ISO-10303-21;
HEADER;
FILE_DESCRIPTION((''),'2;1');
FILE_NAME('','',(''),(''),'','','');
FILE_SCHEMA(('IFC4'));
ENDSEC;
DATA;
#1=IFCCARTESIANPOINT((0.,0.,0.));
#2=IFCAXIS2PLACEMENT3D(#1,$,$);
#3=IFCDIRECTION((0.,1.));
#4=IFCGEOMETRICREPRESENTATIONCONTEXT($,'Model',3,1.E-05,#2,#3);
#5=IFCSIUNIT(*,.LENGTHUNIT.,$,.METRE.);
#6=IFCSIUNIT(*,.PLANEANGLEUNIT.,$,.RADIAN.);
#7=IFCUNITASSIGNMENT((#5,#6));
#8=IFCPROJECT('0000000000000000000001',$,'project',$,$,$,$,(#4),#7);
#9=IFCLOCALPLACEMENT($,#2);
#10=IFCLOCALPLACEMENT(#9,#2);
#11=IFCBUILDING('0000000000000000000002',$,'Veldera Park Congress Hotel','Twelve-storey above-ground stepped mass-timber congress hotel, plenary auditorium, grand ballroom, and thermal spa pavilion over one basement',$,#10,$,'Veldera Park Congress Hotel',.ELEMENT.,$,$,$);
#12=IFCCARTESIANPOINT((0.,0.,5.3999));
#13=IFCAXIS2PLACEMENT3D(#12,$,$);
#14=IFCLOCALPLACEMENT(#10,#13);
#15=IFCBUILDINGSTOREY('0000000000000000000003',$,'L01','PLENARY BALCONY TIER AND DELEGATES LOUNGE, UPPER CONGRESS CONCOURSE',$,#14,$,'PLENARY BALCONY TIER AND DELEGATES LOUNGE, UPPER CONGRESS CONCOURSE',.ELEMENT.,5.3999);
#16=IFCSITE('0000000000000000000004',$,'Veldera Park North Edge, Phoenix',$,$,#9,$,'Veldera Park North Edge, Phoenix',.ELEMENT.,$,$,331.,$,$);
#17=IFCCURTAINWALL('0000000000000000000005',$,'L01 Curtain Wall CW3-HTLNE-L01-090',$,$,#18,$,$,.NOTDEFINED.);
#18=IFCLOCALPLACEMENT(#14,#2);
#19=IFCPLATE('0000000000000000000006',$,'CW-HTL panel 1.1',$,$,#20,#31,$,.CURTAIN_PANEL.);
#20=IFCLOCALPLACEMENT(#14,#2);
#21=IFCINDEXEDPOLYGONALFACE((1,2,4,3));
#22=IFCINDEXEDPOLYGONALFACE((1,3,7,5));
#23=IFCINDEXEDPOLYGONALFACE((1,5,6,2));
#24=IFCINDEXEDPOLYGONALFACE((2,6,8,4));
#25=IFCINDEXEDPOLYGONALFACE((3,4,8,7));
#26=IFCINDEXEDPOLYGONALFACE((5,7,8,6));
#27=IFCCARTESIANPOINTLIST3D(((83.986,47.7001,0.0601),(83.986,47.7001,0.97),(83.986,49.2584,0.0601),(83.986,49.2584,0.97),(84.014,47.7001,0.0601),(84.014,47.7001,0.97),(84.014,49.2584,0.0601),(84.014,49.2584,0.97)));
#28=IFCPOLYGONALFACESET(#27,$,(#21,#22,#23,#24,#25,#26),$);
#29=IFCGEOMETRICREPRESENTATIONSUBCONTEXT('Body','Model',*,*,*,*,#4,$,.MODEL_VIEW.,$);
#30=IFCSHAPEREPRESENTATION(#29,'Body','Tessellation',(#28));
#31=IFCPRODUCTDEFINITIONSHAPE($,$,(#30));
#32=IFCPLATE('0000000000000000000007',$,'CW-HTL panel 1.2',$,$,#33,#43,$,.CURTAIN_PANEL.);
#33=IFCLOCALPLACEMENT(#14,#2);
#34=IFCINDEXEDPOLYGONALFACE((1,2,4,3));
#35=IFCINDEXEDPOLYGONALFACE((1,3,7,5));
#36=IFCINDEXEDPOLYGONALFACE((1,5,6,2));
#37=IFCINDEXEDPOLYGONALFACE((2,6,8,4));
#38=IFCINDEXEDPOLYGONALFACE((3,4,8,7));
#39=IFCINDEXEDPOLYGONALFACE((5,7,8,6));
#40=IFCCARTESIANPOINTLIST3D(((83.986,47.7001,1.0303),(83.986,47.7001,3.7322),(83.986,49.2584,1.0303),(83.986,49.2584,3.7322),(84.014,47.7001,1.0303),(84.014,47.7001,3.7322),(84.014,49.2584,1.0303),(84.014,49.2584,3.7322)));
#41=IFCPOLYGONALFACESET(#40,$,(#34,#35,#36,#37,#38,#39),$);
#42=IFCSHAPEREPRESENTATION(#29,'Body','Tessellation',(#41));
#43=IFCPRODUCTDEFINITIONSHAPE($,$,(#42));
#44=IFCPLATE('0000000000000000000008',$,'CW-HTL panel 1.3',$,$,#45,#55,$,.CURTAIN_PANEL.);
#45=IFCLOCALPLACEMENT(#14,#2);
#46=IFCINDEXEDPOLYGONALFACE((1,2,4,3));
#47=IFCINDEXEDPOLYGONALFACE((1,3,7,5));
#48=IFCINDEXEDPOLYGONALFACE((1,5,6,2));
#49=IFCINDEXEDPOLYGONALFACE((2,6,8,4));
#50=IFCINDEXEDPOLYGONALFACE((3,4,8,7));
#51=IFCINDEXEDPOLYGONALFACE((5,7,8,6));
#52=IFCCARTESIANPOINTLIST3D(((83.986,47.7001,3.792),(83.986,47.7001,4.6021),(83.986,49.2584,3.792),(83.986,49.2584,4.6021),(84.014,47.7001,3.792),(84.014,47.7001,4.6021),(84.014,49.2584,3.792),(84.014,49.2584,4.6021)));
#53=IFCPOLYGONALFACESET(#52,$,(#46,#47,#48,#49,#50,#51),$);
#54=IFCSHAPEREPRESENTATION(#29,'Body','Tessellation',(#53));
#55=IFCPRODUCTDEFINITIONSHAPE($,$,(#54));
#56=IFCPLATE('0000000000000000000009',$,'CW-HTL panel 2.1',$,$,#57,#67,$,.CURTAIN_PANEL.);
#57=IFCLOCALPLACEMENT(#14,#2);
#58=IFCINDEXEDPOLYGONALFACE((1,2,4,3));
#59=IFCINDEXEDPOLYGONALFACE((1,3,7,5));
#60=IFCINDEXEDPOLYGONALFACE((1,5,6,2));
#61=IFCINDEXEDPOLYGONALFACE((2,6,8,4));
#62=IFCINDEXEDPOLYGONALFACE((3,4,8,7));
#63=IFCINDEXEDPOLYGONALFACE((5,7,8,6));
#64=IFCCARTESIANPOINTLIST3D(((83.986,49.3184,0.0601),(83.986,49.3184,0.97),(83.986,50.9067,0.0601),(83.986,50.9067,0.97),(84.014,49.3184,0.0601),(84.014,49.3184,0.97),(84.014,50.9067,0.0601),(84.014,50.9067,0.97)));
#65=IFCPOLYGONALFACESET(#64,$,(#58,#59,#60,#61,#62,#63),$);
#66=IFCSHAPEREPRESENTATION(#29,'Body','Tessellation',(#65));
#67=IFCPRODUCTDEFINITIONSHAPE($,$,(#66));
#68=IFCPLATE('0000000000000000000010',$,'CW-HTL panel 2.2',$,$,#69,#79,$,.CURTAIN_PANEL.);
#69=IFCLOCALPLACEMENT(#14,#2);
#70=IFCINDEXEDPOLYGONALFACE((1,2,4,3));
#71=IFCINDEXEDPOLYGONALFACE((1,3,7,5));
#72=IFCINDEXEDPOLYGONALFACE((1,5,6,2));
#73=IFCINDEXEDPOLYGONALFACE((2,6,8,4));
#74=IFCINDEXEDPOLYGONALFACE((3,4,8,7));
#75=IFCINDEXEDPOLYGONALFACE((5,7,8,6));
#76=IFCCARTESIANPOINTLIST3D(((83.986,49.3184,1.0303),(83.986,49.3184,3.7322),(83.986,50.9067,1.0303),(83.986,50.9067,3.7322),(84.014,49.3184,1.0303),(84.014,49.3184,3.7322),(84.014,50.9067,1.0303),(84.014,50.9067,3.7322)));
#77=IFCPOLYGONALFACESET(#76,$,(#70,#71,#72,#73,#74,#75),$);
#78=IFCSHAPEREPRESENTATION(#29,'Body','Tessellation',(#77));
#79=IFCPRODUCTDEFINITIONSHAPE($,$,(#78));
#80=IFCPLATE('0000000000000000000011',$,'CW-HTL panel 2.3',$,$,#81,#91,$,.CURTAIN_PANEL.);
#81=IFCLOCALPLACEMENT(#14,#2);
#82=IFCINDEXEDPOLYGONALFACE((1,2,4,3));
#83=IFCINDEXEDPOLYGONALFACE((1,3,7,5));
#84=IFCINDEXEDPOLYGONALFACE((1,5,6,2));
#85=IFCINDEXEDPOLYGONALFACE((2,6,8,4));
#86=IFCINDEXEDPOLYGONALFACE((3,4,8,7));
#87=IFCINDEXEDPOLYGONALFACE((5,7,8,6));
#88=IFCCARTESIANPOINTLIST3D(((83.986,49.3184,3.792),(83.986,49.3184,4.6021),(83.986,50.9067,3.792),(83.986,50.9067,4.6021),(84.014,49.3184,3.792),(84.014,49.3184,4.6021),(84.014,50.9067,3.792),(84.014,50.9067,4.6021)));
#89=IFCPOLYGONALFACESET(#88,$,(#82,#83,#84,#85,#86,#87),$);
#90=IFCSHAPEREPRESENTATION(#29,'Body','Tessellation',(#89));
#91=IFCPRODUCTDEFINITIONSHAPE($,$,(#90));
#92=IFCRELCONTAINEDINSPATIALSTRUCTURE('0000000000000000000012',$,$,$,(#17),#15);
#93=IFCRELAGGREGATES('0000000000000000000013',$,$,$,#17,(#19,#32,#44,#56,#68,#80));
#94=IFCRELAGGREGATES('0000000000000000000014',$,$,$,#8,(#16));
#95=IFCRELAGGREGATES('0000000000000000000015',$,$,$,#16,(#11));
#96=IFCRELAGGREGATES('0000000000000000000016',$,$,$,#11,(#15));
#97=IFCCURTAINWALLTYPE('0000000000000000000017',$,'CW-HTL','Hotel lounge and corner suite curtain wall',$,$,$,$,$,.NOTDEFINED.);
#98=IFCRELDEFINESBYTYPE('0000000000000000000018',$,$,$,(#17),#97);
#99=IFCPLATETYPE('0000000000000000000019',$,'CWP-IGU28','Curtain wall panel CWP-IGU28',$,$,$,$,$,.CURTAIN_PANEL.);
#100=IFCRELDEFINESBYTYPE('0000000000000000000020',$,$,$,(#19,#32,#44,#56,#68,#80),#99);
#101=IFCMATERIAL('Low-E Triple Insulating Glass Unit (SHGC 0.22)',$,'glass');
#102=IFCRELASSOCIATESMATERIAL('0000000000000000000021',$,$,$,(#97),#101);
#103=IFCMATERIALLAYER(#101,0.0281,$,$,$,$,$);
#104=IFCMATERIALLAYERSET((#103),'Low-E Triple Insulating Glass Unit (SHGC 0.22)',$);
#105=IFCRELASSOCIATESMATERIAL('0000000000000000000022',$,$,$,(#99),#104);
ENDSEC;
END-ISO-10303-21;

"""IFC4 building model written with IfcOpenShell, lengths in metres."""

from ifc_helpers import new_model, si_unit, direction, frame, origin, origin_2d, place, context, subcontext, project, spatial, rectangle, extrude, material, layer, layer_set, type_object, element, aggregate, save


model = new_model("IFC4")

# Units and contexts
model_context = context("Model", 3, precision=1e-05, world=origin(), true_north=direction((0.0, 1.0)))
body_context = subcontext(model_context, "Body", "Model", "MODEL_VIEW")
ifc_project = project(units=[si_unit("LENGTHUNIT", "METRE"), si_unit("PLANEANGLEUNIT", "RADIAN")], contexts=[model_context])

# Site, building, storey
site_placement = place(None, origin())
site = spatial("IfcSite", under=ifc_project, at=site_placement, Name="Veldera Park North Edge, Phoenix", LongName="Veldera Park North Edge, Phoenix", CompositionType="ELEMENT", RefElevation=331.0)
building_placement = place(site_placement, origin())
building = spatial("IfcBuilding", under=site, at=building_placement, Name="Veldera Park Congress Hotel", Description="Twelve-storey above-ground stepped mass-timber congress hotel, plenary auditorium, grand ballroom, and thermal spa pavilion over one basement", LongName="Veldera Park Congress Hotel", CompositionType="ELEMENT")
storey_placement = place(building_placement, frame((0.0, 0.0, 5.3999)))
storey = spatial("IfcBuildingStorey", under=building, at=storey_placement, Name="L01", Description="PLENARY BALCONY TIER AND DELEGATES LOUNGE, UPPER CONGRESS CONCOURSE", LongName="PLENARY BALCONY TIER AND DELEGATES LOUNGE, UPPER CONGRESS CONCOURSE", CompositionType="ELEMENT", Elevation=5.3999)

# Curtain wall
ifc_material_1 = material(Name="Low-E Triple Insulating Glass Unit (SHGC 0.22)", Category="glass")
curtain_wall_type = type_object("IfcCurtainWallType", Name="CW-HTL", Description="Hotel lounge and corner suite curtain wall", PredefinedType="NOTDEFINED", material=ifc_material_1)
curtain_wall_placement = place(storey_placement, origin())
curtain_wall = element("IfcCurtainWall", 1, at=curtain_wall_placement, inside=storey, type_object=curtain_wall_type, Name="L01 Curtain Wall CW3-HTLNE-L01-090", PredefinedType="NOTDEFINED")

# Plates
ifc_layer = layer(ifc_material_1, 0.0281)
ifc_layer_set = layer_set([ifc_layer], Name="Low-E Triple Insulating Glass Unit (SHGC 0.22)")
plate_type = type_object("IfcPlateType", Name="CWP-IGU28", Description="Curtain wall panel CWP-IGU28", PredefinedType="CURTAIN_PANEL", material=ifc_layer_set)
plate_1_placement = place(storey_placement, frame((84.0, 48.4792, 0.0601), z_axis=(0.0, 0.0, 1.0), x_axis=(0.0, 1.0, 0.0)))
plate_1 = element("IfcPlate", 2, at=plate_1_placement, type_object=plate_type, Name="CW-HTL panel 1.1", PredefinedType="CURTAIN_PANEL", context=body_context, shape_type="SweptSolid", body=[
    extrude(rectangle(XDim=1.5583, YDim=0.0281, at=origin_2d()), origin(), (0.0, 0.0, 1.0), 0.9099),
])
plate_2_placement = place(storey_placement, frame((84.0, 48.4792, 1.0303), z_axis=(0.0, 0.0, 1.0), x_axis=(0.0, 1.0, 0.0)))
plate_2 = element("IfcPlate", 3, at=plate_2_placement, type_object=plate_type, Name="CW-HTL panel 1.2", PredefinedType="CURTAIN_PANEL", context=body_context, shape_type="SweptSolid", body=[
    extrude(rectangle(XDim=1.5583, YDim=0.0281, at=origin_2d()), origin(), (0.0, 0.0, 1.0), 2.7019),
])
plate_3_placement = place(storey_placement, frame((84.0, 48.4792, 3.792), z_axis=(0.0, 0.0, 1.0), x_axis=(0.0, 1.0, 0.0)))
plate_3 = element("IfcPlate", 4, at=plate_3_placement, type_object=plate_type, Name="CW-HTL panel 1.3", PredefinedType="CURTAIN_PANEL", context=body_context, shape_type="SweptSolid", body=[
    extrude(rectangle(XDim=1.5583, YDim=0.0281, at=origin_2d()), origin(), (0.0, 0.0, 1.0), 0.8101),
])
plate_4_placement = place(storey_placement, frame((84.0, 50.1125, 0.0601), z_axis=(0.0, 0.0, 1.0), x_axis=(0.0, 1.0, 0.0)))
plate_4 = element("IfcPlate", 5, at=plate_4_placement, type_object=plate_type, Name="CW-HTL panel 2.1", PredefinedType="CURTAIN_PANEL", context=body_context, shape_type="SweptSolid", body=[
    extrude(rectangle(XDim=1.5884, YDim=0.0281, at=origin_2d()), origin(), (0.0, 0.0, 1.0), 0.9099),
])
plate_5_placement = place(storey_placement, frame((84.0, 50.1125, 1.0303), z_axis=(0.0, 0.0, 1.0), x_axis=(0.0, 1.0, 0.0)))
plate_5 = element("IfcPlate", 6, at=plate_5_placement, type_object=plate_type, Name="CW-HTL panel 2.2", PredefinedType="CURTAIN_PANEL", context=body_context, shape_type="SweptSolid", body=[
    extrude(rectangle(XDim=1.5884, YDim=0.0281, at=origin_2d()), origin(), (0.0, 0.0, 1.0), 2.7019),
])
plate_6_placement = place(storey_placement, frame((84.0, 50.1125, 3.792), z_axis=(0.0, 0.0, 1.0), x_axis=(0.0, 1.0, 0.0)))
plate_6 = element("IfcPlate", 7, at=plate_6_placement, type_object=plate_type, Name="CW-HTL panel 2.3", PredefinedType="CURTAIN_PANEL", context=body_context, shape_type="SweptSolid", body=[
    extrude(rectangle(XDim=1.5884, YDim=0.0281, at=origin_2d()), origin(), (0.0, 0.0, 1.0), 0.8101),
])
aggregate(curtain_wall, [plate_1, plate_2, plate_3, plate_4, plate_5, plate_6])

save(model, "model.ifc")
